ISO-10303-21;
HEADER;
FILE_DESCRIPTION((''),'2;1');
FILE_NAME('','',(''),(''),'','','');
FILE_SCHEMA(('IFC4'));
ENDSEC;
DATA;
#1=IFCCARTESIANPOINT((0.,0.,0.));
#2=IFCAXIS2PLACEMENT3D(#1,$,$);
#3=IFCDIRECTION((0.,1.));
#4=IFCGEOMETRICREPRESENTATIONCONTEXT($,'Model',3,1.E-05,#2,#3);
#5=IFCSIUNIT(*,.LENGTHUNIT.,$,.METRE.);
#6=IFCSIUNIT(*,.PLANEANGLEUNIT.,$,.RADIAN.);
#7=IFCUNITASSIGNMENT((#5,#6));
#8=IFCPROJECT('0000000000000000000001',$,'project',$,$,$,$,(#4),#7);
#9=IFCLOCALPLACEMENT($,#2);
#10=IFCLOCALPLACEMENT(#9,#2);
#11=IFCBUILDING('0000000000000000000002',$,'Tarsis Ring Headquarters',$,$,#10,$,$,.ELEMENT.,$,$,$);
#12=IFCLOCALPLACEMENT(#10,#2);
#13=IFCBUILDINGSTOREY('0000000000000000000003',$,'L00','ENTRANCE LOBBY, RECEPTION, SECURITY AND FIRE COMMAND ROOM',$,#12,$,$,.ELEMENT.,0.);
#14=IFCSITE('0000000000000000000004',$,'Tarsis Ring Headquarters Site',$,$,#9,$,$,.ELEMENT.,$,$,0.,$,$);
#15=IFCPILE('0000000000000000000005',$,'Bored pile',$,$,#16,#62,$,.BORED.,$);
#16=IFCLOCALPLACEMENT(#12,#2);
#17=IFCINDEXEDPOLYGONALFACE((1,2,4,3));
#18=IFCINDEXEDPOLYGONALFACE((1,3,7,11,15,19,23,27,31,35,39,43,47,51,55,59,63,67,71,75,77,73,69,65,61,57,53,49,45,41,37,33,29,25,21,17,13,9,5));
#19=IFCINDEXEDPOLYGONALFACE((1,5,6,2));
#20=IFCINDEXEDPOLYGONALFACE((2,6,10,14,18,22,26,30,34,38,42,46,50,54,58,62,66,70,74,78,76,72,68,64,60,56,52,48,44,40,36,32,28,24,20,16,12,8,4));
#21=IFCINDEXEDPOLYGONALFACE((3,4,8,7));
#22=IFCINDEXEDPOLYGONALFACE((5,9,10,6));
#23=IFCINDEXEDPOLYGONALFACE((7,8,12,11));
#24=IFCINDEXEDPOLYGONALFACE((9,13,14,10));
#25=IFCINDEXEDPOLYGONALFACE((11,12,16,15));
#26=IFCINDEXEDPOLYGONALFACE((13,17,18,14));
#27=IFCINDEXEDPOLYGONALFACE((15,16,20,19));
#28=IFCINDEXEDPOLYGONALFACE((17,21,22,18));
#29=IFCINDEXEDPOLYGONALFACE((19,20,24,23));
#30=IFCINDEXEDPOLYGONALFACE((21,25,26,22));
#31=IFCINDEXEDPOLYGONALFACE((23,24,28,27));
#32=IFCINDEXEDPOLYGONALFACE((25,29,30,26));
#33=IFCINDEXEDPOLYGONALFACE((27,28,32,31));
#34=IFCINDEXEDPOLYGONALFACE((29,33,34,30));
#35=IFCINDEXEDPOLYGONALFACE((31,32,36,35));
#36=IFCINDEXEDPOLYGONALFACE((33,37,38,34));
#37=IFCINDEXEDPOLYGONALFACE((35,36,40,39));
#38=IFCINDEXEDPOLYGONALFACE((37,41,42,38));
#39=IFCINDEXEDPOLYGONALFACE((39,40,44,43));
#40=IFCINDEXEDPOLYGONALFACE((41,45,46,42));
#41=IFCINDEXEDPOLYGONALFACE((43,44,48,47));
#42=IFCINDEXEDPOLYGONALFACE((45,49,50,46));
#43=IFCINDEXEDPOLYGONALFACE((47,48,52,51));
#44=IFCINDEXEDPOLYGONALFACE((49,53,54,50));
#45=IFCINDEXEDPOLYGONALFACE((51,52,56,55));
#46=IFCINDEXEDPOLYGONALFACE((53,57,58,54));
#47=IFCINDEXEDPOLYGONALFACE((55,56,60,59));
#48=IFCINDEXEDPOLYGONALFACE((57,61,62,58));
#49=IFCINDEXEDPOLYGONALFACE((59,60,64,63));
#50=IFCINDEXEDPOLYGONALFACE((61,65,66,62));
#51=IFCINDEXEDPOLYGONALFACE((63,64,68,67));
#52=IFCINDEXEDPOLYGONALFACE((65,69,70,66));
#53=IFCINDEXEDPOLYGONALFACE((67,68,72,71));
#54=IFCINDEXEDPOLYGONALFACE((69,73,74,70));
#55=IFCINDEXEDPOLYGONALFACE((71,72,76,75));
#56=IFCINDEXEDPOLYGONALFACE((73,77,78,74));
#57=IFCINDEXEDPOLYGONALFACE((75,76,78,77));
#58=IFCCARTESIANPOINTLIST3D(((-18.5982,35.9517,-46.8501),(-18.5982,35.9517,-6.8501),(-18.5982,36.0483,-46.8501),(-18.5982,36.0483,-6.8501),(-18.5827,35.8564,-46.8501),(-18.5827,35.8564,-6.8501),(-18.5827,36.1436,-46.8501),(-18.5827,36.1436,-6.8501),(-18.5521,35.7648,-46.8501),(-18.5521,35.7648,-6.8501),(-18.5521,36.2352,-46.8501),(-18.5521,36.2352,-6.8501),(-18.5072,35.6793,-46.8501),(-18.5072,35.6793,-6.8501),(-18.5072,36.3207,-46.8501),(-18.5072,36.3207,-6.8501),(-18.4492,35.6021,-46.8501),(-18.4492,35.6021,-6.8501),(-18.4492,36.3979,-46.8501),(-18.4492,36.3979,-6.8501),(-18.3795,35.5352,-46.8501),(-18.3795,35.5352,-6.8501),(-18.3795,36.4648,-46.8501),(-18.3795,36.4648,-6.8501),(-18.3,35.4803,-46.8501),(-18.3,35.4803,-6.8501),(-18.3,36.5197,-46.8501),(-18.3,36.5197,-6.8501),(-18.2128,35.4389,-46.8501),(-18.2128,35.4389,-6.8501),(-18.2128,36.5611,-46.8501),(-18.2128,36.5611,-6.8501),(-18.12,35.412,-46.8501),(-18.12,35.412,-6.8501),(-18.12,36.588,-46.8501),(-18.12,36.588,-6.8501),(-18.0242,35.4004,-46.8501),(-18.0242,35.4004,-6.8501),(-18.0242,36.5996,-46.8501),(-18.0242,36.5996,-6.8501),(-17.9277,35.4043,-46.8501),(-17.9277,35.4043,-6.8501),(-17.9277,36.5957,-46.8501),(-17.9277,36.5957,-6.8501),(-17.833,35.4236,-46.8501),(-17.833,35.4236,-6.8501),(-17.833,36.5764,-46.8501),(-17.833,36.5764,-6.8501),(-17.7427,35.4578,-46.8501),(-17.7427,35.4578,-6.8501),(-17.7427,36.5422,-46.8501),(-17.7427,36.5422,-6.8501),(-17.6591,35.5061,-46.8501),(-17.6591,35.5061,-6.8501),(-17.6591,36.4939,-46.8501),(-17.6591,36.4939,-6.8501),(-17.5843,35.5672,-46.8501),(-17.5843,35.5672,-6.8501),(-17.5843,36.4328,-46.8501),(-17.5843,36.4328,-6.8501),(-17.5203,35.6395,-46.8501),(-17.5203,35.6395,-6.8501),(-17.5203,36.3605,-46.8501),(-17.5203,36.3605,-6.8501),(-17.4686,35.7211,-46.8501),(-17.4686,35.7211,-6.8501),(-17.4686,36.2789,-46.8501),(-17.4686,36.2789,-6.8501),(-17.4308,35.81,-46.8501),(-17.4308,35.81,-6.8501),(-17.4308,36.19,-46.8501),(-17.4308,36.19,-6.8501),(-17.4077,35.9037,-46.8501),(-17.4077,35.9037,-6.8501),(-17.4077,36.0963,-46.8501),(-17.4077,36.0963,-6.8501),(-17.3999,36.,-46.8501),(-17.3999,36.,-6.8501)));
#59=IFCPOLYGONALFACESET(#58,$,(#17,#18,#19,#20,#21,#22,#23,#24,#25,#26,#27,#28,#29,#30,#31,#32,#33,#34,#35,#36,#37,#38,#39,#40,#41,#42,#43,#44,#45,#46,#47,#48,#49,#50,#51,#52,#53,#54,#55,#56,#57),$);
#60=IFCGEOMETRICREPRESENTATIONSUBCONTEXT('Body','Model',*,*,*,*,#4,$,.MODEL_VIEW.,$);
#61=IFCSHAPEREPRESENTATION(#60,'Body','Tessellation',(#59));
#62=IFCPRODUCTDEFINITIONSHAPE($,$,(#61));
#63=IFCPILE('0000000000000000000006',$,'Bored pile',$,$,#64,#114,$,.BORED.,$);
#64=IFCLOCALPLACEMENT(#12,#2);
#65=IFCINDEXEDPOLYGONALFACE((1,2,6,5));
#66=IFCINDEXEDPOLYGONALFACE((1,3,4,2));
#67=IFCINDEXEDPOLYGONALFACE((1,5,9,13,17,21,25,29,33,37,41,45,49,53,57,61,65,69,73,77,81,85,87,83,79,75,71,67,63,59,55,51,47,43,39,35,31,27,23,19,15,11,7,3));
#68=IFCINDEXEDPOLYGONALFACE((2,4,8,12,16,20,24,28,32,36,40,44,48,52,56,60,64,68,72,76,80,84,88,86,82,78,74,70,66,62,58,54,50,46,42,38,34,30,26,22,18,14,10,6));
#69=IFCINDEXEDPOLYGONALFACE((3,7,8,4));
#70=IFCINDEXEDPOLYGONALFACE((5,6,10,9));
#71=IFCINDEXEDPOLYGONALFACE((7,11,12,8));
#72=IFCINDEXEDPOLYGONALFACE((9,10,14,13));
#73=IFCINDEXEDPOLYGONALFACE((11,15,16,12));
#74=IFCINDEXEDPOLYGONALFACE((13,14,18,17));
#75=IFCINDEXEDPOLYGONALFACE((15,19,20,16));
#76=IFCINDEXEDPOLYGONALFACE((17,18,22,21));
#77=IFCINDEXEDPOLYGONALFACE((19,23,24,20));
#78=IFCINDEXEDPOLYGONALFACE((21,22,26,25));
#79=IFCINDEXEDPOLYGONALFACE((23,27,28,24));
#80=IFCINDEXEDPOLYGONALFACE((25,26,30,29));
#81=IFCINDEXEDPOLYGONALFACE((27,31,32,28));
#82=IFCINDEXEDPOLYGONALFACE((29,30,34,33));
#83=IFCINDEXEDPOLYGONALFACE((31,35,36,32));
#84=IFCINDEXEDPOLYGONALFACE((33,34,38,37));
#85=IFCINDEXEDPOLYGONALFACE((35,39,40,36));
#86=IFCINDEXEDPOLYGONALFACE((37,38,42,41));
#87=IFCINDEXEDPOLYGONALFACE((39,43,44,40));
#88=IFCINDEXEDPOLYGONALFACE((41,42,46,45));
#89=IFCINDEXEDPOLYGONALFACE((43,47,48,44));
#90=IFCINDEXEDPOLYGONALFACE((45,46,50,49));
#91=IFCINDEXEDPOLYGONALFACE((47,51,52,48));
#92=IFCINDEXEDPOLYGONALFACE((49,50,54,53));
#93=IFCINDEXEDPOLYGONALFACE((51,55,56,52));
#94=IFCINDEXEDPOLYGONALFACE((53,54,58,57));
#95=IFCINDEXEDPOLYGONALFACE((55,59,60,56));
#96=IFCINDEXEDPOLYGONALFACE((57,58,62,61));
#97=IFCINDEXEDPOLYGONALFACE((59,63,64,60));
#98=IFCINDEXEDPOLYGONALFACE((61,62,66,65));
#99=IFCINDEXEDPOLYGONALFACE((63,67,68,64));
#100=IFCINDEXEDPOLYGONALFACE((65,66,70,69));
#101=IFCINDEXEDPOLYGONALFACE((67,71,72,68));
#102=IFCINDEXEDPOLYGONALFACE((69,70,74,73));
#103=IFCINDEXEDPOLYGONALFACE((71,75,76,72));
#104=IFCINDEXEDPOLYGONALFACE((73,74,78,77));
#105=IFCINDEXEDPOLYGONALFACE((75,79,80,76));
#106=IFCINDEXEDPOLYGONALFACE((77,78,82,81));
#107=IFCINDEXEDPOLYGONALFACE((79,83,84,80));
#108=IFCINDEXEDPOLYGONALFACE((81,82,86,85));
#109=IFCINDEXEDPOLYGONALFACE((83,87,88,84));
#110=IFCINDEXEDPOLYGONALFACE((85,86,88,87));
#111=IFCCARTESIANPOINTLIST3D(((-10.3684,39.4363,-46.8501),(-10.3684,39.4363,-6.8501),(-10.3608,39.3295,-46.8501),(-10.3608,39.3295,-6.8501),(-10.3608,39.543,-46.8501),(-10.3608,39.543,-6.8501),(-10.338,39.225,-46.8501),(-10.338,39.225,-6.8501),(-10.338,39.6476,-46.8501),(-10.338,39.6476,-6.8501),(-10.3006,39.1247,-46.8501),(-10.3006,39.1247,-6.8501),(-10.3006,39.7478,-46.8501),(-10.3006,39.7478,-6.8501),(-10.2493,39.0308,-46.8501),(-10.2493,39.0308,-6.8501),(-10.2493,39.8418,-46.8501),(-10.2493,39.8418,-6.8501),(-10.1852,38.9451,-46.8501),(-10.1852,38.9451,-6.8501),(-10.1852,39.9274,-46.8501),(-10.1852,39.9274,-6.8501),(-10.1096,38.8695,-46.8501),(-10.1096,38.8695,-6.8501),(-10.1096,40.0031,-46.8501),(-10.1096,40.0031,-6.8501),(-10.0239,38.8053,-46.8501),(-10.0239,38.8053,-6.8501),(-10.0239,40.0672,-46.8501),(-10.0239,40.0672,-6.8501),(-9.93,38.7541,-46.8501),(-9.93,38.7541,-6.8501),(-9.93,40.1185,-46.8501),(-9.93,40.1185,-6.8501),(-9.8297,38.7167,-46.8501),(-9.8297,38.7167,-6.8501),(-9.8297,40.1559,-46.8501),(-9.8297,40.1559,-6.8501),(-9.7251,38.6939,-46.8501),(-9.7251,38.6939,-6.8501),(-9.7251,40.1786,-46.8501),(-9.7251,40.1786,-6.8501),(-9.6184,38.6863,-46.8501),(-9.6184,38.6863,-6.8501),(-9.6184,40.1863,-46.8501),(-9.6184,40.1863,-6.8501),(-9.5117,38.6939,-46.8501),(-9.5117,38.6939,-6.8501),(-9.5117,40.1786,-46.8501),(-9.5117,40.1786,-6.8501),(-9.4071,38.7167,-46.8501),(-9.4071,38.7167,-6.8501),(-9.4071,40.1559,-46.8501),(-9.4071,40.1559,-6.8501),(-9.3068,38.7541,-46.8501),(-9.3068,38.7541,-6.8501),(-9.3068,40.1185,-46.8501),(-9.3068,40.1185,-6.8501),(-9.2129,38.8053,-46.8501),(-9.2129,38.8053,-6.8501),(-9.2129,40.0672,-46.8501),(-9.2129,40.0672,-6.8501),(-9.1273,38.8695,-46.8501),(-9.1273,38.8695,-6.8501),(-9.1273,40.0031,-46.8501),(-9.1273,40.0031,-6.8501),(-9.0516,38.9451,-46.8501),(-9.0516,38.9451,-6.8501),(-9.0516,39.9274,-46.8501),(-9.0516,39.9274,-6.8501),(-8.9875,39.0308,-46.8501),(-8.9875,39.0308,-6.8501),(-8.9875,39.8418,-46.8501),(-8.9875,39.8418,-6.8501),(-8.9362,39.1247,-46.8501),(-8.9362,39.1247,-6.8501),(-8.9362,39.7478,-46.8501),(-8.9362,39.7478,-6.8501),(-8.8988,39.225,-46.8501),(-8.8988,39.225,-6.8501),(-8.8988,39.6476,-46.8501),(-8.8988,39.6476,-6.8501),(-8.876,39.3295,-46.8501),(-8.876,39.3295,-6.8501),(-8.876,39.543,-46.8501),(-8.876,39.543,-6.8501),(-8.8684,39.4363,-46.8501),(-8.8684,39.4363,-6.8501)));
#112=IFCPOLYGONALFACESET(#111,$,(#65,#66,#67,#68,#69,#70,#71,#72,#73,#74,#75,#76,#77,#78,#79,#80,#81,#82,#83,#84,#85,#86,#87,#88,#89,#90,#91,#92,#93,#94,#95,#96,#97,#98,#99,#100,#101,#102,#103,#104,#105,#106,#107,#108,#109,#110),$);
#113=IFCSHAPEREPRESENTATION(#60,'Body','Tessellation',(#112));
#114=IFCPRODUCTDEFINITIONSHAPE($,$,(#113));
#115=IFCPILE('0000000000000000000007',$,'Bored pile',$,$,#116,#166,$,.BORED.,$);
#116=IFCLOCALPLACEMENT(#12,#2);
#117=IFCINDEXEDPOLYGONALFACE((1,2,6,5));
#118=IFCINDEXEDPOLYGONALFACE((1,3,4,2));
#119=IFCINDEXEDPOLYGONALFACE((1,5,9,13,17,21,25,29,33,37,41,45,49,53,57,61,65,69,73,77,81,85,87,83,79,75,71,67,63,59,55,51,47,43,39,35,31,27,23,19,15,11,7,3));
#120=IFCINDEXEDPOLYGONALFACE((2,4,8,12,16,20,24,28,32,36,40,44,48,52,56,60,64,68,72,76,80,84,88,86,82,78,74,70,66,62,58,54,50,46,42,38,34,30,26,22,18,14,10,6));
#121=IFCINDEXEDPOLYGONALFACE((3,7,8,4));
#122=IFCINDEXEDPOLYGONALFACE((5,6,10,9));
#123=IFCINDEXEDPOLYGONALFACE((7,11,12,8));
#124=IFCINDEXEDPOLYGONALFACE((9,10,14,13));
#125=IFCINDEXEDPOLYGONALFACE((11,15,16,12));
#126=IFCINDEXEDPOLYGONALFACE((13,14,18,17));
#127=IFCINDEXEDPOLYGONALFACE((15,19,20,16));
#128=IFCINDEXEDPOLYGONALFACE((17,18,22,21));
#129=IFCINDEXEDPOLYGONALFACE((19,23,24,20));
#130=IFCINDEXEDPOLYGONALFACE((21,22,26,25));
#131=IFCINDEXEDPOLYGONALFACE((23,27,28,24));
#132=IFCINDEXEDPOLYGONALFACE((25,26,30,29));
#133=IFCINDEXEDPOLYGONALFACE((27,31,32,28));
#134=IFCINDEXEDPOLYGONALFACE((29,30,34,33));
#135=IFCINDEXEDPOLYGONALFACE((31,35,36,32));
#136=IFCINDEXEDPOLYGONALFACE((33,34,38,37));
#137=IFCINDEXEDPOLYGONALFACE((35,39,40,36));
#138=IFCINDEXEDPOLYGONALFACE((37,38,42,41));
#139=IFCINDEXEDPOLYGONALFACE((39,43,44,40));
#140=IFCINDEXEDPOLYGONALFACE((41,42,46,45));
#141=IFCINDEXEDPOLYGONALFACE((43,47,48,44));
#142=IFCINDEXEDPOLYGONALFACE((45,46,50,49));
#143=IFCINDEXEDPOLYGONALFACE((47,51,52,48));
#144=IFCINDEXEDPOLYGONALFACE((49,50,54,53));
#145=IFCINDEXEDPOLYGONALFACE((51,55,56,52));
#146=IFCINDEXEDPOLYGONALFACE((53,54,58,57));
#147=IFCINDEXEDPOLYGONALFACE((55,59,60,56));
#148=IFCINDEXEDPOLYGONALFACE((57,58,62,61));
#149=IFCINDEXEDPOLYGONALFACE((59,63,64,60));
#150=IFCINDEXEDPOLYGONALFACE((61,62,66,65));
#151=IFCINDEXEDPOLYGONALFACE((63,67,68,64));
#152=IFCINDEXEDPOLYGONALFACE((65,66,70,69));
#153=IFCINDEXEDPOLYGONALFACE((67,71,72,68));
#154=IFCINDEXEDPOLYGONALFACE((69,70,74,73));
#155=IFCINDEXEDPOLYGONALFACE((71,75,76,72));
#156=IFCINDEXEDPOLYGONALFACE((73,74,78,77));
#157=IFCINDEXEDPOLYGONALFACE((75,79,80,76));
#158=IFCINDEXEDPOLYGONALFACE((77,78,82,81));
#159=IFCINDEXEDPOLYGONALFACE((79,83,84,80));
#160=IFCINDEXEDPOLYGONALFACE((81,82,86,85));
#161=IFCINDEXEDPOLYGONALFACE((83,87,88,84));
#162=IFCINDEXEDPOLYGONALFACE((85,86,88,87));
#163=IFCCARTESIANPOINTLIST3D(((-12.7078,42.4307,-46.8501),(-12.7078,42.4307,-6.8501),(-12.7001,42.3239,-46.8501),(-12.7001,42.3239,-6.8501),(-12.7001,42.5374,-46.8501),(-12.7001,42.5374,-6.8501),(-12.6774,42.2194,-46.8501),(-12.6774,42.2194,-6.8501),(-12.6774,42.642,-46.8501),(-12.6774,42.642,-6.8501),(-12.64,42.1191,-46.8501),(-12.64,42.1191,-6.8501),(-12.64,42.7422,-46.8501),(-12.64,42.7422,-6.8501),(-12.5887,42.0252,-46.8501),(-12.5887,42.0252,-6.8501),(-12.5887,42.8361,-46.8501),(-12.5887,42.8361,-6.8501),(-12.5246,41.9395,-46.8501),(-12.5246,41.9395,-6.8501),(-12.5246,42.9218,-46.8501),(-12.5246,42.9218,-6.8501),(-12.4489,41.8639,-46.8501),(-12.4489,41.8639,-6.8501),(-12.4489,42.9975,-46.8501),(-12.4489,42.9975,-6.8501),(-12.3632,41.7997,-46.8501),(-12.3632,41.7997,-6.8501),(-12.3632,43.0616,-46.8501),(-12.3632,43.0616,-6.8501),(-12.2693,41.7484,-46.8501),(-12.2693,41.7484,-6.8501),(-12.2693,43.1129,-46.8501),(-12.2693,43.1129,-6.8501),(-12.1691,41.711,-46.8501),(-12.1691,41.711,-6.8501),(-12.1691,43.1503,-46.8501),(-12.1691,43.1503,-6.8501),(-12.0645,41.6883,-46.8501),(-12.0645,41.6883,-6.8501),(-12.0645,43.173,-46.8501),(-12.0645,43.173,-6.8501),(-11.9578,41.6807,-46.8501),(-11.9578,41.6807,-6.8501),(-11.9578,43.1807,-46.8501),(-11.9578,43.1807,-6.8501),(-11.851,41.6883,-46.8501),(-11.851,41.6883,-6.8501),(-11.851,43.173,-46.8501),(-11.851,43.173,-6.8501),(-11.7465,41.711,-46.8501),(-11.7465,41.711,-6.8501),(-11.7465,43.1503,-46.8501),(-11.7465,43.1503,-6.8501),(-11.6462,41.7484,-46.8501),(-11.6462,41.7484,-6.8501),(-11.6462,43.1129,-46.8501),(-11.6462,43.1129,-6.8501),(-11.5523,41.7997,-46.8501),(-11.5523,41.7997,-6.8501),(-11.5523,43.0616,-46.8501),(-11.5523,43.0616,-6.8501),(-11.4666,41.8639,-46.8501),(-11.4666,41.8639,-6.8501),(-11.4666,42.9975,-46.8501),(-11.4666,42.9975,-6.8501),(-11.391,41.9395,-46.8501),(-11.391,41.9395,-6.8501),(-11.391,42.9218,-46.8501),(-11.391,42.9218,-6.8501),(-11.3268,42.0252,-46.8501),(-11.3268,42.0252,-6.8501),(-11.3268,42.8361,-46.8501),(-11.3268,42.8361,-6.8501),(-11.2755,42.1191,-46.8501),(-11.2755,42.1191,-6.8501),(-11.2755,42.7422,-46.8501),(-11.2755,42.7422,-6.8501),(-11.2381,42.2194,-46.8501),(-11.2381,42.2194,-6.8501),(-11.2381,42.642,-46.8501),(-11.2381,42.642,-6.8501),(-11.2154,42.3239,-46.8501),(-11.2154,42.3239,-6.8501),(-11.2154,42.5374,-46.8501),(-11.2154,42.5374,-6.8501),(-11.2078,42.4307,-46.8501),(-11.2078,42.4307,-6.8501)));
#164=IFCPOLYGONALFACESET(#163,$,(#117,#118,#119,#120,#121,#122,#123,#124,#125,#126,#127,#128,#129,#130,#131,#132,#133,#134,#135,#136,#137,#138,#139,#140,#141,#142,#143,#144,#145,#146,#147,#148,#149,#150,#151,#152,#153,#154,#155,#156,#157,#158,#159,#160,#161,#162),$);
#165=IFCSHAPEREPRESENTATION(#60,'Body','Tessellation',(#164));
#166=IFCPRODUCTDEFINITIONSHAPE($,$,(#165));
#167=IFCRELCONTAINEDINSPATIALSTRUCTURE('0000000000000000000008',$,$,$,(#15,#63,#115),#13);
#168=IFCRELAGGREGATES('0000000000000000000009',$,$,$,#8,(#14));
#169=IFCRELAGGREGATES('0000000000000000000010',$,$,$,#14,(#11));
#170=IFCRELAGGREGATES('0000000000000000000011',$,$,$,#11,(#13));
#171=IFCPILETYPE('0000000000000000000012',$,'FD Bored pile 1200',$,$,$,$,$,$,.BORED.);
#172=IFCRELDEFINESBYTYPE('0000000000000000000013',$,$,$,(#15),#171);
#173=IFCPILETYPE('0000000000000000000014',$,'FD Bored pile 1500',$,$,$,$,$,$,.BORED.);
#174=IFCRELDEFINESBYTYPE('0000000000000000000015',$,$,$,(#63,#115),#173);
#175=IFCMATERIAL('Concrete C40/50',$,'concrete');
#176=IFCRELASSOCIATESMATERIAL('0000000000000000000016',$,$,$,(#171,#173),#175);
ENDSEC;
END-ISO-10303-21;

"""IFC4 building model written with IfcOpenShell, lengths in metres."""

from ifc_helpers import new_model, si_unit, direction, frame, origin, origin_2d, place, context, subcontext, project, spatial, circle, extrude, material, material_profile, profile_set, type_object, element, save


model = new_model("IFC4")

# Units and contexts
model_context = context("Model", 3, precision=1e-05, world=origin(), true_north=direction((0.0, 1.0)))
body_context = subcontext(model_context, "Body", "Model", "MODEL_VIEW")
ifc_project = project(units=[si_unit("LENGTHUNIT", "METRE"), si_unit("PLANEANGLEUNIT", "RADIAN")], contexts=[model_context])

# Site, building, storey
site_placement = place(None, origin())
site = spatial("IfcSite", under=ifc_project, at=site_placement, Name="Tarsis Ring Headquarters Site", CompositionType="ELEMENT", RefElevation=0.0)
building_placement = place(site_placement, origin())
building = spatial("IfcBuilding", under=site, at=building_placement, Name="Tarsis Ring Headquarters", CompositionType="ELEMENT")
storey_placement = place(building_placement, origin())
storey = spatial("IfcBuildingStorey", under=building, at=storey_placement, Name="L00", Description="ENTRANCE LOBBY, RECEPTION, SECURITY AND FIRE COMMAND ROOM", CompositionType="ELEMENT", Elevation=0.0)

# Piles
ifc_material_1 = material(Name="Concrete C40/50", Category="concrete")
ifc_material_profile_1 = material_profile(ifc_material_1, circle(Radius=0.6001, at=origin_2d()), Name="BORED 1200")
ifc_profile_set_1 = profile_set([ifc_material_profile_1], Name="Concrete C40/50")
pile_type_1 = type_object("IfcPileType", Name="FD Bored pile 1200", PredefinedType="BORED", material=ifc_profile_set_1)
pile_placement = place(storey_placement, frame((-18.0, 36.0, -6.8501), z_axis=(0.0, 0.0, -1.0), x_axis=(1.0, 0.0, 0.0)))
element("IfcPile", 1, at=pile_placement, inside=storey, type_object=pile_type_1, Name="Bored pile", PredefinedType="BORED", context=body_context, shape_type="SweptSolid", body=[
    extrude(circle(Radius=0.6001, at=origin_2d()), origin(), (0.0, 0.0, 1.0), 40.0),
])
ifc_material_profile_2 = material_profile(ifc_material_1, circle(Radius=0.75, at=origin_2d()), Name="BORED 1500")
ifc_profile_set_2 = profile_set([ifc_material_profile_2], Name="Concrete C40/50")
pile_type_2 = type_object("IfcPileType", Name="FD Bored pile 1500", PredefinedType="BORED", material=ifc_profile_set_2)
for number, where, z_axis, x_axis, name in (
    (2, (-9.6184, 39.4363, -6.8501), (0.0, 0.0, -1.0), (1.0, 0.0, 0.0), "Bored pile"),
    (3, (-11.9578, 42.4307, -6.8501), (0.0, 0.0, -1.0), (1.0, 0.0, 0.0), "Bored pile"),
):
    element("IfcPile", number, at=place(storey_placement, frame(where, z_axis=z_axis, x_axis=x_axis)), inside=storey, type_object=pile_type_2, Name=name, PredefinedType="BORED", context=body_context, shape_type="SweptSolid", body=[
        extrude(circle(Radius=0.75, at=origin_2d()), origin(), (0.0, 0.0, 1.0), 40.0),
    ])

save(model, "model.ifc")
